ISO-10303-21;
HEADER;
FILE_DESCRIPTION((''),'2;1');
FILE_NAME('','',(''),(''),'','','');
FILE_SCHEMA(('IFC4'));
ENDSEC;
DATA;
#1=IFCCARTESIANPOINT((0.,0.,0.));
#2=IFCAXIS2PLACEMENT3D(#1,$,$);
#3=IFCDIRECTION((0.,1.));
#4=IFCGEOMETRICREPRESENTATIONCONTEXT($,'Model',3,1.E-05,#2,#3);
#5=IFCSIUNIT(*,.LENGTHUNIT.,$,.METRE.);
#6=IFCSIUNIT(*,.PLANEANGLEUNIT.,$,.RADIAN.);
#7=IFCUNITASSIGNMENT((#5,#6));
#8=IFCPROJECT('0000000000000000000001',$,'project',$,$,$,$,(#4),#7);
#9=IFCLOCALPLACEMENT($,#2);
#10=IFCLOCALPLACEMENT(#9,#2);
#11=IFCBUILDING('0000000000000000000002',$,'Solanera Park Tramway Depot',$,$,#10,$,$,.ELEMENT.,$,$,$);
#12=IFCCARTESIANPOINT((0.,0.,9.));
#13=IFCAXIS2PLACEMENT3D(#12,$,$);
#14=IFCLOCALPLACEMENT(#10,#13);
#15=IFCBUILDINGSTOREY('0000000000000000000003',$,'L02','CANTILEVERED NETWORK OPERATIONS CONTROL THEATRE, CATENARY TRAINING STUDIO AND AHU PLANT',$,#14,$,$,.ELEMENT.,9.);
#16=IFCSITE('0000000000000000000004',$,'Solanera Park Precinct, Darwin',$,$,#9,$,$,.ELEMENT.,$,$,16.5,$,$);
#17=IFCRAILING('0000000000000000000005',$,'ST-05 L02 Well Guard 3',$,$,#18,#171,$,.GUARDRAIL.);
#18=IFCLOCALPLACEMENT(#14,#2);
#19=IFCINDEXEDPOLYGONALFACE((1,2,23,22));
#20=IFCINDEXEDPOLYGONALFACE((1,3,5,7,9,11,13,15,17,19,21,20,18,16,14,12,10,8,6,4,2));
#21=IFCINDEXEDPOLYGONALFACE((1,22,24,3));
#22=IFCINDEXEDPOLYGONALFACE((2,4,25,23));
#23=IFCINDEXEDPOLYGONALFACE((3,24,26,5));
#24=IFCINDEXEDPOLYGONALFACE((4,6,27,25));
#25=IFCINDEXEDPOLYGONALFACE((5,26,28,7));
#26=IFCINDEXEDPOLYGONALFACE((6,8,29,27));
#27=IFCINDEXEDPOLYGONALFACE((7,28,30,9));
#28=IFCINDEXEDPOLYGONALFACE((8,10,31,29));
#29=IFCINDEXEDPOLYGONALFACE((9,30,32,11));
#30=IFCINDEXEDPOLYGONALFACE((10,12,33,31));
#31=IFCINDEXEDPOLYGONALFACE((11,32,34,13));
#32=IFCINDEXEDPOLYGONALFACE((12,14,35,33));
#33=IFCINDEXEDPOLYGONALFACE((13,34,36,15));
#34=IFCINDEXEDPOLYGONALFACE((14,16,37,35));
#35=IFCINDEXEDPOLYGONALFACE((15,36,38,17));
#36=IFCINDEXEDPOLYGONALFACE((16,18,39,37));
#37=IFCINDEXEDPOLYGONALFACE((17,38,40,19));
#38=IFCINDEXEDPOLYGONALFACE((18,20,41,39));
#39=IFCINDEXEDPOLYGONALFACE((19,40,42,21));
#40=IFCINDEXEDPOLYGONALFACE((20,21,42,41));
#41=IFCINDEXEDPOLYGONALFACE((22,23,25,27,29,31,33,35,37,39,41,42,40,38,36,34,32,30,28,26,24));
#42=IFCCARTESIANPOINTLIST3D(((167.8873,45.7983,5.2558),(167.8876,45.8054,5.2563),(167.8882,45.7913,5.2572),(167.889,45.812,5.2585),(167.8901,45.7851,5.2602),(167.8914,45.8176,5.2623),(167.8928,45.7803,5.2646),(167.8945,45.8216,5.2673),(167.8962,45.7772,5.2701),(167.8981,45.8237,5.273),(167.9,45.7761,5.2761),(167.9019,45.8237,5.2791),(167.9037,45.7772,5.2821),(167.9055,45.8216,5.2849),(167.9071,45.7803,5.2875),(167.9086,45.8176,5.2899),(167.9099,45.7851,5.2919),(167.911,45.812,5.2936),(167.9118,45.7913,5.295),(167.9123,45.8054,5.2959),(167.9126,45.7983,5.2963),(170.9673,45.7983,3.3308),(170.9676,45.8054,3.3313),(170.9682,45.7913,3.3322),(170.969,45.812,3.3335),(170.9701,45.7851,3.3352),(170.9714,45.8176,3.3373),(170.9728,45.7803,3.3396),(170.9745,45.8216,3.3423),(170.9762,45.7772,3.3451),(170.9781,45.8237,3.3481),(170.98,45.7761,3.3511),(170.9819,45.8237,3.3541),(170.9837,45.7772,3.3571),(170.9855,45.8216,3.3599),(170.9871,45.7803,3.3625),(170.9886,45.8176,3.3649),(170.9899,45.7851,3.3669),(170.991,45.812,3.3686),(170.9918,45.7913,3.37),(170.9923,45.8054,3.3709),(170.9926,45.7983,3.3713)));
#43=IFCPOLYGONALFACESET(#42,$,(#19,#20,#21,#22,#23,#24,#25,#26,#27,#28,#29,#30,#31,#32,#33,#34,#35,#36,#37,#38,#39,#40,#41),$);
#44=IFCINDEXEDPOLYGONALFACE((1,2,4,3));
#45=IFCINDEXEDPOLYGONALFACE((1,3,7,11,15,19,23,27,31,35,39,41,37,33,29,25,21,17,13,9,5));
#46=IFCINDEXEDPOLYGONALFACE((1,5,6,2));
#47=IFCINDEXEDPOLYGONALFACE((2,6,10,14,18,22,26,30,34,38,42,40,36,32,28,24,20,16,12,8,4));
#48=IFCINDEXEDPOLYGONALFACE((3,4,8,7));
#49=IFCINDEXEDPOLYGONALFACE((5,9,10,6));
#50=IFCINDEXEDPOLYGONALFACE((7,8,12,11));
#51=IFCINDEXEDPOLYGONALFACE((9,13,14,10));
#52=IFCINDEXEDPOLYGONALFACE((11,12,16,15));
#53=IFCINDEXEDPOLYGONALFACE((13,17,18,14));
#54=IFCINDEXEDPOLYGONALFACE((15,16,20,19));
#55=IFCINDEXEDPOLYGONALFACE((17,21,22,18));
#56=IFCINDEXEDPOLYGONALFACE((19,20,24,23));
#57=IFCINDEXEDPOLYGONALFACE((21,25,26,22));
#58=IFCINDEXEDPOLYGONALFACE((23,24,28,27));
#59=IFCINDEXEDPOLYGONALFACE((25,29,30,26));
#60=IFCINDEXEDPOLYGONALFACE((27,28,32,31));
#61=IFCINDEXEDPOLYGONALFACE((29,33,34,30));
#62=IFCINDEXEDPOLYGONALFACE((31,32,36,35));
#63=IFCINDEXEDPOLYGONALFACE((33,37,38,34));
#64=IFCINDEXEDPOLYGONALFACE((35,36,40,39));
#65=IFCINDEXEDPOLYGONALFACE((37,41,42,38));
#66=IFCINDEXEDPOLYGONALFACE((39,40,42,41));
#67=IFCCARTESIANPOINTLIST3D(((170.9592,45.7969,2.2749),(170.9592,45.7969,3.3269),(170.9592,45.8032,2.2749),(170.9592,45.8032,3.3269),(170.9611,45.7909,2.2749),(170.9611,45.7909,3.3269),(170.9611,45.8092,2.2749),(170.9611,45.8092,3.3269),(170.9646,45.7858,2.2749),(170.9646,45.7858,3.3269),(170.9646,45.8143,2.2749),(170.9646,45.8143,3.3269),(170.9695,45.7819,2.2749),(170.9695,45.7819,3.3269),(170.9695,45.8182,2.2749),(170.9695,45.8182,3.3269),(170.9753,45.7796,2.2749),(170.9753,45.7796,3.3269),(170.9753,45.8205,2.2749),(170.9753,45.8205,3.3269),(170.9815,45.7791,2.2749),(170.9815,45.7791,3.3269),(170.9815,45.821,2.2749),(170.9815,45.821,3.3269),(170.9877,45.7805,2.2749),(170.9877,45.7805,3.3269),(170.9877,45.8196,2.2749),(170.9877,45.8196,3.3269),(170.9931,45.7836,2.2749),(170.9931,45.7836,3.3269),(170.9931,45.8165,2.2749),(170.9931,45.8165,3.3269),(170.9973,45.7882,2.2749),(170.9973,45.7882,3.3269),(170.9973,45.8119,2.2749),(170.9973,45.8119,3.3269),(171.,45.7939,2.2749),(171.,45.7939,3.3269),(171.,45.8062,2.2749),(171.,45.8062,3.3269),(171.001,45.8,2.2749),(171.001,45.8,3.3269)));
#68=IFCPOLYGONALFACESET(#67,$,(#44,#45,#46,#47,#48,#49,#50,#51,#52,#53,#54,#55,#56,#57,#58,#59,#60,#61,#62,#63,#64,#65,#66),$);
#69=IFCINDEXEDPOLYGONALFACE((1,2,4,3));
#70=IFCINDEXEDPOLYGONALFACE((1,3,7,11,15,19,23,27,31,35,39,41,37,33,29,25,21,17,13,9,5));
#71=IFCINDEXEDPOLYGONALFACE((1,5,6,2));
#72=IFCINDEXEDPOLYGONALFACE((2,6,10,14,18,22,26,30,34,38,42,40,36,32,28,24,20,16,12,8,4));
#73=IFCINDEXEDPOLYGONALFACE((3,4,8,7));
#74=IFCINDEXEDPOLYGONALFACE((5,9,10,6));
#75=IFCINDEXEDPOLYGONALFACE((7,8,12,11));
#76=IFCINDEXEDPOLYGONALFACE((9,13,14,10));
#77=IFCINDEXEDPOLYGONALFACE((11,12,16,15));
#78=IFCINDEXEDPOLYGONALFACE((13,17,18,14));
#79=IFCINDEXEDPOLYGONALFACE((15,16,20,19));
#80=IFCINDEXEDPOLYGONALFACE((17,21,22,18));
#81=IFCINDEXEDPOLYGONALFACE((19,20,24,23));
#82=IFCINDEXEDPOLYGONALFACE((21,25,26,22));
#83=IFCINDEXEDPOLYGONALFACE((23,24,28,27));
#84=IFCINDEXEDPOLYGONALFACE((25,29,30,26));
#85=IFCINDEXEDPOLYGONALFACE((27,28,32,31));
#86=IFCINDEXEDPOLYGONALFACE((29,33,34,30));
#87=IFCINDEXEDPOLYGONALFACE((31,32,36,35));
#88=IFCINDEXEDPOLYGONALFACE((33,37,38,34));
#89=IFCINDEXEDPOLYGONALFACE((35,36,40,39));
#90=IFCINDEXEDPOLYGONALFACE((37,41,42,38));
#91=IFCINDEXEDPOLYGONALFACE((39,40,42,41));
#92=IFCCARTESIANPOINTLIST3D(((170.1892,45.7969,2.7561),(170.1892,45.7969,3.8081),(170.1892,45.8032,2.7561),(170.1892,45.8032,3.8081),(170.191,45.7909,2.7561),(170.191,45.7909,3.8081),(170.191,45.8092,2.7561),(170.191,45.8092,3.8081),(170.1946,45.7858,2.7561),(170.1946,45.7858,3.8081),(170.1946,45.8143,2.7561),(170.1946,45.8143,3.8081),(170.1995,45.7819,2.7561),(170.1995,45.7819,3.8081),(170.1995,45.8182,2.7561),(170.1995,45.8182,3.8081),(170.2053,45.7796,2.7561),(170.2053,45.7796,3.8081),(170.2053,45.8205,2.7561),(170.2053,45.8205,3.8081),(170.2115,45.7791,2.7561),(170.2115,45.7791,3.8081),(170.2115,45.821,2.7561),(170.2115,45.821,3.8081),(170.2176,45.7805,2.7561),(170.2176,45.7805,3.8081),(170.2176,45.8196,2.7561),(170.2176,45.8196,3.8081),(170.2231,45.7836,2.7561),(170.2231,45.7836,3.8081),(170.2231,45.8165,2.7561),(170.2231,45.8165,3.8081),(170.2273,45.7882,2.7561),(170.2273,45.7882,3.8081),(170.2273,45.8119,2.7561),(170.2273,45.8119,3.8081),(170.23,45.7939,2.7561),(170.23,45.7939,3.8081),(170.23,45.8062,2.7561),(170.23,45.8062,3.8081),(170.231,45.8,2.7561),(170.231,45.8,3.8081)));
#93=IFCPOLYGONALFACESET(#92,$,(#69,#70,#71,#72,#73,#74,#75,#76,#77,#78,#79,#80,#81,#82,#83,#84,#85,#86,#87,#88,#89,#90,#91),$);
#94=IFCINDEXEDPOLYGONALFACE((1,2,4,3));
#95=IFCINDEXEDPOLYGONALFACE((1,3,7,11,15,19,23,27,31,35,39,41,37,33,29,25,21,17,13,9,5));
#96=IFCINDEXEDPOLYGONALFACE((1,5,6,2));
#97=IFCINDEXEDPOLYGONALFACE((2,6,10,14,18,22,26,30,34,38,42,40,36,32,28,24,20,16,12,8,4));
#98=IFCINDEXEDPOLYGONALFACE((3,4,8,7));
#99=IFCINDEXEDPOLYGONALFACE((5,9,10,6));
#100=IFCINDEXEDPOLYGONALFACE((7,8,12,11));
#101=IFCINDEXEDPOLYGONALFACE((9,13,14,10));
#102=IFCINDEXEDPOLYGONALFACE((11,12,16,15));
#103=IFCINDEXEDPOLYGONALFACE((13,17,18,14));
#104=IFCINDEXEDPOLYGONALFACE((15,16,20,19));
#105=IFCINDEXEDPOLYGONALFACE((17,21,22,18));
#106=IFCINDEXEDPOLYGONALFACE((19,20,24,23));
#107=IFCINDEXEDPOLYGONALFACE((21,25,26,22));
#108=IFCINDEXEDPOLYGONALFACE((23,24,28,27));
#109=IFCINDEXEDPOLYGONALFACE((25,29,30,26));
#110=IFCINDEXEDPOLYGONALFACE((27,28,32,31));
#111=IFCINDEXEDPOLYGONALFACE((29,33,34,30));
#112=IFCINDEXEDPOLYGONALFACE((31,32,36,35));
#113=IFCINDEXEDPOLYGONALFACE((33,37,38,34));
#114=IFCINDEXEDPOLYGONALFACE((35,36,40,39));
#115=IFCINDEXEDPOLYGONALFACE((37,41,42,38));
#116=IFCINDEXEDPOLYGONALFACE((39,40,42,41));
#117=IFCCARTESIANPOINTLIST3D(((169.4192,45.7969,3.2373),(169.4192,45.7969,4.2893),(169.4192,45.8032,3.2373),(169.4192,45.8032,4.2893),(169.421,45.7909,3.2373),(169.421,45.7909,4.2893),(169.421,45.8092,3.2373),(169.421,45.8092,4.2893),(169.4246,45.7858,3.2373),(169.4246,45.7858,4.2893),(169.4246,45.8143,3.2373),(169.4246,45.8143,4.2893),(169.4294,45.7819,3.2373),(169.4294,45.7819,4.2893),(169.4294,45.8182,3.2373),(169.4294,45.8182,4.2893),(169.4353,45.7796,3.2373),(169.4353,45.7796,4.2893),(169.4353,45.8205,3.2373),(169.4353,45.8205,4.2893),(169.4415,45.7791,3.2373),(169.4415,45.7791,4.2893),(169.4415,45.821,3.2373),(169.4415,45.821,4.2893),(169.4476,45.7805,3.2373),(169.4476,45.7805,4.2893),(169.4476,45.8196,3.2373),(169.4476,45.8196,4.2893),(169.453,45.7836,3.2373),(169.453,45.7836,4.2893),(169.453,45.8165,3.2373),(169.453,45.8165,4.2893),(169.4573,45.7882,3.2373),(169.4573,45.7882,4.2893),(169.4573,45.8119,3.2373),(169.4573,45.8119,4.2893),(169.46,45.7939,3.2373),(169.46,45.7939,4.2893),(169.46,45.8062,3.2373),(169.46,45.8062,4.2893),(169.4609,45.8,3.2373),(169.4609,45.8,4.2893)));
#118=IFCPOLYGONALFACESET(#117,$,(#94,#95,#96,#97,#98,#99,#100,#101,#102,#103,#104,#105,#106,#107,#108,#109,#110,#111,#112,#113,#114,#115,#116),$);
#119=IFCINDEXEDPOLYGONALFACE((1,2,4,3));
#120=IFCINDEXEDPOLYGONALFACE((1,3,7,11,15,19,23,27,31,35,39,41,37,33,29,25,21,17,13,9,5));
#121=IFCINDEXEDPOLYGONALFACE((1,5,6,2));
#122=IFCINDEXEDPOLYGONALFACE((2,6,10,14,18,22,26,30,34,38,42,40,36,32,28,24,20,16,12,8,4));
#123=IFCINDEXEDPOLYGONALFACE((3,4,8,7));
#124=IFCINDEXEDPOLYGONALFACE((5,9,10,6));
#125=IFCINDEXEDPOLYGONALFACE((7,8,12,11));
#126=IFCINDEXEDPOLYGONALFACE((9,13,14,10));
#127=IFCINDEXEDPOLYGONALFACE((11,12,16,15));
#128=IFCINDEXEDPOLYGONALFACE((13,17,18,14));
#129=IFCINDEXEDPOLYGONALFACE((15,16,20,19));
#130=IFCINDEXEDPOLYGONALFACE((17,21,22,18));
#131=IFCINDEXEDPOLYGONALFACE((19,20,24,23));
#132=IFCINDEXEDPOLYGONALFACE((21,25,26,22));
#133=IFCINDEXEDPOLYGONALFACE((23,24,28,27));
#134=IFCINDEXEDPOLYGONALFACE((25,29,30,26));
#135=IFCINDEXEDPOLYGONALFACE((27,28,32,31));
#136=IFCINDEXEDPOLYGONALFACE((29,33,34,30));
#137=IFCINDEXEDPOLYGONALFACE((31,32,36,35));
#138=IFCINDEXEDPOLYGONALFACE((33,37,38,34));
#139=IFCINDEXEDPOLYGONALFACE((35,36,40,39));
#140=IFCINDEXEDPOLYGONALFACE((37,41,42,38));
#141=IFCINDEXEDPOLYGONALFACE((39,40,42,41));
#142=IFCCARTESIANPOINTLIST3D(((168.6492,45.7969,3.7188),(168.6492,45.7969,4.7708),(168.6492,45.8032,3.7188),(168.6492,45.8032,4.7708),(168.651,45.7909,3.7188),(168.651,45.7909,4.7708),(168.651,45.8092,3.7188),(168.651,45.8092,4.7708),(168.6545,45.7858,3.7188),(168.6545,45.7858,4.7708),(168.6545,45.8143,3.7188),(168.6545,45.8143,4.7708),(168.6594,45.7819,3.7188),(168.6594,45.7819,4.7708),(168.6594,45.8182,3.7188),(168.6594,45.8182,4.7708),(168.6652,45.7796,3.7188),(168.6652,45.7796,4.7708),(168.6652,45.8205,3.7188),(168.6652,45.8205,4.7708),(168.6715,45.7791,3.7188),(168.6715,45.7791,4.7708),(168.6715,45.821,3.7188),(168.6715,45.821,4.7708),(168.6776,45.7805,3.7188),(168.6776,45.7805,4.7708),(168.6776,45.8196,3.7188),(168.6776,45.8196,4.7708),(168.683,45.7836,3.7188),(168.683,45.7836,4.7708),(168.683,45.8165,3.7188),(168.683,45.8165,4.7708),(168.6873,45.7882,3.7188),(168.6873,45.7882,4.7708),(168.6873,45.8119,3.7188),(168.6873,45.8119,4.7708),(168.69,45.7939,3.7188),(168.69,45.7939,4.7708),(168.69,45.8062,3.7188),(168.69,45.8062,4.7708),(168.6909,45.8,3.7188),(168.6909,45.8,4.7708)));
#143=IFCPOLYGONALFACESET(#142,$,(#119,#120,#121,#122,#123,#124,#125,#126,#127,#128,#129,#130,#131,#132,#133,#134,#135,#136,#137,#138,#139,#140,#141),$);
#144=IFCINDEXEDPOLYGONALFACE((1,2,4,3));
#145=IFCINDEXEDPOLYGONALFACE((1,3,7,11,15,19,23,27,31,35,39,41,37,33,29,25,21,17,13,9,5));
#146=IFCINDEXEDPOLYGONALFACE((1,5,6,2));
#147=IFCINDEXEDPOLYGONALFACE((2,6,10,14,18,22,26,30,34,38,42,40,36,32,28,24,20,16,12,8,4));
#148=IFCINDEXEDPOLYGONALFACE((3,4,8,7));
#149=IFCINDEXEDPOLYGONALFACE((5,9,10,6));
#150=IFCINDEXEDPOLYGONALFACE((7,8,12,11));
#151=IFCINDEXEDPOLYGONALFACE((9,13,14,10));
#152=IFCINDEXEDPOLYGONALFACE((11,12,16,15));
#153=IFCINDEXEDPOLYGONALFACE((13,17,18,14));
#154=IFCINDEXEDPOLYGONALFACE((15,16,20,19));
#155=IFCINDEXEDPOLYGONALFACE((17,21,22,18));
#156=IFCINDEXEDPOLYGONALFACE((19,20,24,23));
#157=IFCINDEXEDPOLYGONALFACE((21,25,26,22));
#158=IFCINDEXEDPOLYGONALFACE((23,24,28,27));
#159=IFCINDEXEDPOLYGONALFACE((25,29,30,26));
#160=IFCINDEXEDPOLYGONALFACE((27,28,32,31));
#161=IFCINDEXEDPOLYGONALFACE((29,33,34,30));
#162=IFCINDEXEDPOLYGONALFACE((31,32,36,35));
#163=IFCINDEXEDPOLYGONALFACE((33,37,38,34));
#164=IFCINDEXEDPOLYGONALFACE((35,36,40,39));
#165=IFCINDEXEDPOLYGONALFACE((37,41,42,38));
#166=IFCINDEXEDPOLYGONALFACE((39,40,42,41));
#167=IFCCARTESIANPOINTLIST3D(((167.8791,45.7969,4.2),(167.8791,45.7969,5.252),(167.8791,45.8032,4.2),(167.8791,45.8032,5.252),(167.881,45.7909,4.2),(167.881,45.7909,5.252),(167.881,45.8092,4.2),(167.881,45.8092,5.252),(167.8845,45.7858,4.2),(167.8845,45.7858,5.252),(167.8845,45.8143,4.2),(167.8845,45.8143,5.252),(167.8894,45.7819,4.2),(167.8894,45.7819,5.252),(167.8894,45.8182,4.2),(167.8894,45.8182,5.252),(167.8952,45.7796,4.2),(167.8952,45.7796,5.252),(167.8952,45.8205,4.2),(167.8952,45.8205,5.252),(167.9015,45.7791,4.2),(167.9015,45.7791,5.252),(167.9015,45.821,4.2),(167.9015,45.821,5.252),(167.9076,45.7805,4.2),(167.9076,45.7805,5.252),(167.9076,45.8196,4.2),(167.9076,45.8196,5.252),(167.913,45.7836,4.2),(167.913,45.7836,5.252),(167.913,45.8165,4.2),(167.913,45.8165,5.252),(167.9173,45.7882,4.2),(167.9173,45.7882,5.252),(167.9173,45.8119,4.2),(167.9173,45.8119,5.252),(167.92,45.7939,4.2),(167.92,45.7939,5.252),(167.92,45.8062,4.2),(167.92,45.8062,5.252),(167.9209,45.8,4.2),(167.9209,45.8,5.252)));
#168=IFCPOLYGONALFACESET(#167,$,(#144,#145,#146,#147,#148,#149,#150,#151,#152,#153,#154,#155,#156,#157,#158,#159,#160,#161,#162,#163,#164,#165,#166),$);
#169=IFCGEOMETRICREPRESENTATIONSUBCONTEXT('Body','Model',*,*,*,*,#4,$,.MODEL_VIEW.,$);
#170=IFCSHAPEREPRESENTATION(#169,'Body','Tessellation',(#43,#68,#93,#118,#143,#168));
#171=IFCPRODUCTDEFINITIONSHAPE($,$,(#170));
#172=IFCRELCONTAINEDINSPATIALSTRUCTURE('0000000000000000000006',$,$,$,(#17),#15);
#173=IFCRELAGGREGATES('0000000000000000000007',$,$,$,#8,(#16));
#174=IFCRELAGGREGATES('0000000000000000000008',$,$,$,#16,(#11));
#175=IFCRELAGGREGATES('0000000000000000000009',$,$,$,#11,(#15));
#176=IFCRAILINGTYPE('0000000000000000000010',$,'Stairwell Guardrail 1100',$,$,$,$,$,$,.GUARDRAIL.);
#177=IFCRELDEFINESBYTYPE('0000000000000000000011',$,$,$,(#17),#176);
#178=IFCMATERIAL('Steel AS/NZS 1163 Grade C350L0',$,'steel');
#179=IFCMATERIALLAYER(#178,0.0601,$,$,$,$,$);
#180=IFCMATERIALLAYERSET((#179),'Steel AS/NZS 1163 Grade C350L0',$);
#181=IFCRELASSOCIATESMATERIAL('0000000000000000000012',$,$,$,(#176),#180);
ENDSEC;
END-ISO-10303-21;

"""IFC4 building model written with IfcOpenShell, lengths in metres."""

from ifc_helpers import new_model, si_unit, direction, frame, origin, origin_2d, place, context, subcontext, project, spatial, circle, extrude, material, layer, layer_set, type_object, element, save


model = new_model("IFC4")

# Units and contexts
model_context = context("Model", 3, precision=1e-05, world=origin(), true_north=direction((0.0, 1.0)))
body_context = subcontext(model_context, "Body", "Model", "MODEL_VIEW")
ifc_project = project(units=[si_unit("LENGTHUNIT", "METRE"), si_unit("PLANEANGLEUNIT", "RADIAN")], contexts=[model_context])

# Site, building, storey
site_placement = place(None, origin())
site = spatial("IfcSite", under=ifc_project, at=site_placement, Name="Solanera Park Precinct, Darwin", CompositionType="ELEMENT", RefElevation=16.5)
building_placement = place(site_placement, origin())
building = spatial("IfcBuilding", under=site, at=building_placement, Name="Solanera Park Tramway Depot", CompositionType="ELEMENT")
storey_placement = place(building_placement, frame((0.0, 0.0, 9.0)))
storey = spatial("IfcBuildingStorey", under=building, at=storey_placement, Name="L02", Description="CANTILEVERED NETWORK OPERATIONS CONTROL THEATRE, CATENARY TRAINING STUDIO AND AHU PLANT", CompositionType="ELEMENT", Elevation=9.0)

# Railing
ifc_material_1 = material(Name="Steel AS/NZS 1163 Grade C350L0", Category="steel")
ifc_layer_1 = layer(ifc_material_1, 0.0601)
ifc_layer_set_1 = layer_set([ifc_layer_1], Name="Steel AS/NZS 1163 Grade C350L0")
railing_type_1 = type_object("IfcRailingType", Name="Stairwell Guardrail 1100", PredefinedType="GUARDRAIL", material=ifc_layer_set_1)
railing_1_placement = place(storey_placement, frame((170.98, 45.8, 2.2749)))
element("IfcRailing", 1, at=railing_1_placement, inside=storey, type_object=railing_type_1, Name="ST-05 L02 Well Guard 3", PredefinedType="GUARDRAIL", context=body_context, shape_type="SweptSolid", body=[
    extrude(circle(Radius=0.0239, at=origin_2d()), frame((0.0, 0.0, 1.0762), z_axis=(-0.847998, 0.0, 0.529999), x_axis=(0.0, -1.0, 0.0)), (0.0, 0.0, 1.0), 3.6321),
    extrude(circle(Radius=0.021, at=origin_2d()), origin(), (0.0, 0.0, 1.0), 1.052),
    extrude(circle(Radius=0.021, at=origin_2d()), frame((-0.77, 0.0, 0.4812)), (0.0, 0.0, 1.0), 1.052),
    extrude(circle(Radius=0.021, at=origin_2d()), frame((-1.54, 0.0, 0.9624)), (0.0, 0.0, 1.0), 1.052),
    extrude(circle(Radius=0.021, at=origin_2d()), frame((-2.3101, 0.0, 1.4438)), (0.0, 0.0, 1.0), 1.052),
    extrude(circle(Radius=0.021, at=origin_2d()), frame((-3.0801, 0.0, 1.925)), (0.0, 0.0, 1.0), 1.052),
])

save(model, "model.ifc")
